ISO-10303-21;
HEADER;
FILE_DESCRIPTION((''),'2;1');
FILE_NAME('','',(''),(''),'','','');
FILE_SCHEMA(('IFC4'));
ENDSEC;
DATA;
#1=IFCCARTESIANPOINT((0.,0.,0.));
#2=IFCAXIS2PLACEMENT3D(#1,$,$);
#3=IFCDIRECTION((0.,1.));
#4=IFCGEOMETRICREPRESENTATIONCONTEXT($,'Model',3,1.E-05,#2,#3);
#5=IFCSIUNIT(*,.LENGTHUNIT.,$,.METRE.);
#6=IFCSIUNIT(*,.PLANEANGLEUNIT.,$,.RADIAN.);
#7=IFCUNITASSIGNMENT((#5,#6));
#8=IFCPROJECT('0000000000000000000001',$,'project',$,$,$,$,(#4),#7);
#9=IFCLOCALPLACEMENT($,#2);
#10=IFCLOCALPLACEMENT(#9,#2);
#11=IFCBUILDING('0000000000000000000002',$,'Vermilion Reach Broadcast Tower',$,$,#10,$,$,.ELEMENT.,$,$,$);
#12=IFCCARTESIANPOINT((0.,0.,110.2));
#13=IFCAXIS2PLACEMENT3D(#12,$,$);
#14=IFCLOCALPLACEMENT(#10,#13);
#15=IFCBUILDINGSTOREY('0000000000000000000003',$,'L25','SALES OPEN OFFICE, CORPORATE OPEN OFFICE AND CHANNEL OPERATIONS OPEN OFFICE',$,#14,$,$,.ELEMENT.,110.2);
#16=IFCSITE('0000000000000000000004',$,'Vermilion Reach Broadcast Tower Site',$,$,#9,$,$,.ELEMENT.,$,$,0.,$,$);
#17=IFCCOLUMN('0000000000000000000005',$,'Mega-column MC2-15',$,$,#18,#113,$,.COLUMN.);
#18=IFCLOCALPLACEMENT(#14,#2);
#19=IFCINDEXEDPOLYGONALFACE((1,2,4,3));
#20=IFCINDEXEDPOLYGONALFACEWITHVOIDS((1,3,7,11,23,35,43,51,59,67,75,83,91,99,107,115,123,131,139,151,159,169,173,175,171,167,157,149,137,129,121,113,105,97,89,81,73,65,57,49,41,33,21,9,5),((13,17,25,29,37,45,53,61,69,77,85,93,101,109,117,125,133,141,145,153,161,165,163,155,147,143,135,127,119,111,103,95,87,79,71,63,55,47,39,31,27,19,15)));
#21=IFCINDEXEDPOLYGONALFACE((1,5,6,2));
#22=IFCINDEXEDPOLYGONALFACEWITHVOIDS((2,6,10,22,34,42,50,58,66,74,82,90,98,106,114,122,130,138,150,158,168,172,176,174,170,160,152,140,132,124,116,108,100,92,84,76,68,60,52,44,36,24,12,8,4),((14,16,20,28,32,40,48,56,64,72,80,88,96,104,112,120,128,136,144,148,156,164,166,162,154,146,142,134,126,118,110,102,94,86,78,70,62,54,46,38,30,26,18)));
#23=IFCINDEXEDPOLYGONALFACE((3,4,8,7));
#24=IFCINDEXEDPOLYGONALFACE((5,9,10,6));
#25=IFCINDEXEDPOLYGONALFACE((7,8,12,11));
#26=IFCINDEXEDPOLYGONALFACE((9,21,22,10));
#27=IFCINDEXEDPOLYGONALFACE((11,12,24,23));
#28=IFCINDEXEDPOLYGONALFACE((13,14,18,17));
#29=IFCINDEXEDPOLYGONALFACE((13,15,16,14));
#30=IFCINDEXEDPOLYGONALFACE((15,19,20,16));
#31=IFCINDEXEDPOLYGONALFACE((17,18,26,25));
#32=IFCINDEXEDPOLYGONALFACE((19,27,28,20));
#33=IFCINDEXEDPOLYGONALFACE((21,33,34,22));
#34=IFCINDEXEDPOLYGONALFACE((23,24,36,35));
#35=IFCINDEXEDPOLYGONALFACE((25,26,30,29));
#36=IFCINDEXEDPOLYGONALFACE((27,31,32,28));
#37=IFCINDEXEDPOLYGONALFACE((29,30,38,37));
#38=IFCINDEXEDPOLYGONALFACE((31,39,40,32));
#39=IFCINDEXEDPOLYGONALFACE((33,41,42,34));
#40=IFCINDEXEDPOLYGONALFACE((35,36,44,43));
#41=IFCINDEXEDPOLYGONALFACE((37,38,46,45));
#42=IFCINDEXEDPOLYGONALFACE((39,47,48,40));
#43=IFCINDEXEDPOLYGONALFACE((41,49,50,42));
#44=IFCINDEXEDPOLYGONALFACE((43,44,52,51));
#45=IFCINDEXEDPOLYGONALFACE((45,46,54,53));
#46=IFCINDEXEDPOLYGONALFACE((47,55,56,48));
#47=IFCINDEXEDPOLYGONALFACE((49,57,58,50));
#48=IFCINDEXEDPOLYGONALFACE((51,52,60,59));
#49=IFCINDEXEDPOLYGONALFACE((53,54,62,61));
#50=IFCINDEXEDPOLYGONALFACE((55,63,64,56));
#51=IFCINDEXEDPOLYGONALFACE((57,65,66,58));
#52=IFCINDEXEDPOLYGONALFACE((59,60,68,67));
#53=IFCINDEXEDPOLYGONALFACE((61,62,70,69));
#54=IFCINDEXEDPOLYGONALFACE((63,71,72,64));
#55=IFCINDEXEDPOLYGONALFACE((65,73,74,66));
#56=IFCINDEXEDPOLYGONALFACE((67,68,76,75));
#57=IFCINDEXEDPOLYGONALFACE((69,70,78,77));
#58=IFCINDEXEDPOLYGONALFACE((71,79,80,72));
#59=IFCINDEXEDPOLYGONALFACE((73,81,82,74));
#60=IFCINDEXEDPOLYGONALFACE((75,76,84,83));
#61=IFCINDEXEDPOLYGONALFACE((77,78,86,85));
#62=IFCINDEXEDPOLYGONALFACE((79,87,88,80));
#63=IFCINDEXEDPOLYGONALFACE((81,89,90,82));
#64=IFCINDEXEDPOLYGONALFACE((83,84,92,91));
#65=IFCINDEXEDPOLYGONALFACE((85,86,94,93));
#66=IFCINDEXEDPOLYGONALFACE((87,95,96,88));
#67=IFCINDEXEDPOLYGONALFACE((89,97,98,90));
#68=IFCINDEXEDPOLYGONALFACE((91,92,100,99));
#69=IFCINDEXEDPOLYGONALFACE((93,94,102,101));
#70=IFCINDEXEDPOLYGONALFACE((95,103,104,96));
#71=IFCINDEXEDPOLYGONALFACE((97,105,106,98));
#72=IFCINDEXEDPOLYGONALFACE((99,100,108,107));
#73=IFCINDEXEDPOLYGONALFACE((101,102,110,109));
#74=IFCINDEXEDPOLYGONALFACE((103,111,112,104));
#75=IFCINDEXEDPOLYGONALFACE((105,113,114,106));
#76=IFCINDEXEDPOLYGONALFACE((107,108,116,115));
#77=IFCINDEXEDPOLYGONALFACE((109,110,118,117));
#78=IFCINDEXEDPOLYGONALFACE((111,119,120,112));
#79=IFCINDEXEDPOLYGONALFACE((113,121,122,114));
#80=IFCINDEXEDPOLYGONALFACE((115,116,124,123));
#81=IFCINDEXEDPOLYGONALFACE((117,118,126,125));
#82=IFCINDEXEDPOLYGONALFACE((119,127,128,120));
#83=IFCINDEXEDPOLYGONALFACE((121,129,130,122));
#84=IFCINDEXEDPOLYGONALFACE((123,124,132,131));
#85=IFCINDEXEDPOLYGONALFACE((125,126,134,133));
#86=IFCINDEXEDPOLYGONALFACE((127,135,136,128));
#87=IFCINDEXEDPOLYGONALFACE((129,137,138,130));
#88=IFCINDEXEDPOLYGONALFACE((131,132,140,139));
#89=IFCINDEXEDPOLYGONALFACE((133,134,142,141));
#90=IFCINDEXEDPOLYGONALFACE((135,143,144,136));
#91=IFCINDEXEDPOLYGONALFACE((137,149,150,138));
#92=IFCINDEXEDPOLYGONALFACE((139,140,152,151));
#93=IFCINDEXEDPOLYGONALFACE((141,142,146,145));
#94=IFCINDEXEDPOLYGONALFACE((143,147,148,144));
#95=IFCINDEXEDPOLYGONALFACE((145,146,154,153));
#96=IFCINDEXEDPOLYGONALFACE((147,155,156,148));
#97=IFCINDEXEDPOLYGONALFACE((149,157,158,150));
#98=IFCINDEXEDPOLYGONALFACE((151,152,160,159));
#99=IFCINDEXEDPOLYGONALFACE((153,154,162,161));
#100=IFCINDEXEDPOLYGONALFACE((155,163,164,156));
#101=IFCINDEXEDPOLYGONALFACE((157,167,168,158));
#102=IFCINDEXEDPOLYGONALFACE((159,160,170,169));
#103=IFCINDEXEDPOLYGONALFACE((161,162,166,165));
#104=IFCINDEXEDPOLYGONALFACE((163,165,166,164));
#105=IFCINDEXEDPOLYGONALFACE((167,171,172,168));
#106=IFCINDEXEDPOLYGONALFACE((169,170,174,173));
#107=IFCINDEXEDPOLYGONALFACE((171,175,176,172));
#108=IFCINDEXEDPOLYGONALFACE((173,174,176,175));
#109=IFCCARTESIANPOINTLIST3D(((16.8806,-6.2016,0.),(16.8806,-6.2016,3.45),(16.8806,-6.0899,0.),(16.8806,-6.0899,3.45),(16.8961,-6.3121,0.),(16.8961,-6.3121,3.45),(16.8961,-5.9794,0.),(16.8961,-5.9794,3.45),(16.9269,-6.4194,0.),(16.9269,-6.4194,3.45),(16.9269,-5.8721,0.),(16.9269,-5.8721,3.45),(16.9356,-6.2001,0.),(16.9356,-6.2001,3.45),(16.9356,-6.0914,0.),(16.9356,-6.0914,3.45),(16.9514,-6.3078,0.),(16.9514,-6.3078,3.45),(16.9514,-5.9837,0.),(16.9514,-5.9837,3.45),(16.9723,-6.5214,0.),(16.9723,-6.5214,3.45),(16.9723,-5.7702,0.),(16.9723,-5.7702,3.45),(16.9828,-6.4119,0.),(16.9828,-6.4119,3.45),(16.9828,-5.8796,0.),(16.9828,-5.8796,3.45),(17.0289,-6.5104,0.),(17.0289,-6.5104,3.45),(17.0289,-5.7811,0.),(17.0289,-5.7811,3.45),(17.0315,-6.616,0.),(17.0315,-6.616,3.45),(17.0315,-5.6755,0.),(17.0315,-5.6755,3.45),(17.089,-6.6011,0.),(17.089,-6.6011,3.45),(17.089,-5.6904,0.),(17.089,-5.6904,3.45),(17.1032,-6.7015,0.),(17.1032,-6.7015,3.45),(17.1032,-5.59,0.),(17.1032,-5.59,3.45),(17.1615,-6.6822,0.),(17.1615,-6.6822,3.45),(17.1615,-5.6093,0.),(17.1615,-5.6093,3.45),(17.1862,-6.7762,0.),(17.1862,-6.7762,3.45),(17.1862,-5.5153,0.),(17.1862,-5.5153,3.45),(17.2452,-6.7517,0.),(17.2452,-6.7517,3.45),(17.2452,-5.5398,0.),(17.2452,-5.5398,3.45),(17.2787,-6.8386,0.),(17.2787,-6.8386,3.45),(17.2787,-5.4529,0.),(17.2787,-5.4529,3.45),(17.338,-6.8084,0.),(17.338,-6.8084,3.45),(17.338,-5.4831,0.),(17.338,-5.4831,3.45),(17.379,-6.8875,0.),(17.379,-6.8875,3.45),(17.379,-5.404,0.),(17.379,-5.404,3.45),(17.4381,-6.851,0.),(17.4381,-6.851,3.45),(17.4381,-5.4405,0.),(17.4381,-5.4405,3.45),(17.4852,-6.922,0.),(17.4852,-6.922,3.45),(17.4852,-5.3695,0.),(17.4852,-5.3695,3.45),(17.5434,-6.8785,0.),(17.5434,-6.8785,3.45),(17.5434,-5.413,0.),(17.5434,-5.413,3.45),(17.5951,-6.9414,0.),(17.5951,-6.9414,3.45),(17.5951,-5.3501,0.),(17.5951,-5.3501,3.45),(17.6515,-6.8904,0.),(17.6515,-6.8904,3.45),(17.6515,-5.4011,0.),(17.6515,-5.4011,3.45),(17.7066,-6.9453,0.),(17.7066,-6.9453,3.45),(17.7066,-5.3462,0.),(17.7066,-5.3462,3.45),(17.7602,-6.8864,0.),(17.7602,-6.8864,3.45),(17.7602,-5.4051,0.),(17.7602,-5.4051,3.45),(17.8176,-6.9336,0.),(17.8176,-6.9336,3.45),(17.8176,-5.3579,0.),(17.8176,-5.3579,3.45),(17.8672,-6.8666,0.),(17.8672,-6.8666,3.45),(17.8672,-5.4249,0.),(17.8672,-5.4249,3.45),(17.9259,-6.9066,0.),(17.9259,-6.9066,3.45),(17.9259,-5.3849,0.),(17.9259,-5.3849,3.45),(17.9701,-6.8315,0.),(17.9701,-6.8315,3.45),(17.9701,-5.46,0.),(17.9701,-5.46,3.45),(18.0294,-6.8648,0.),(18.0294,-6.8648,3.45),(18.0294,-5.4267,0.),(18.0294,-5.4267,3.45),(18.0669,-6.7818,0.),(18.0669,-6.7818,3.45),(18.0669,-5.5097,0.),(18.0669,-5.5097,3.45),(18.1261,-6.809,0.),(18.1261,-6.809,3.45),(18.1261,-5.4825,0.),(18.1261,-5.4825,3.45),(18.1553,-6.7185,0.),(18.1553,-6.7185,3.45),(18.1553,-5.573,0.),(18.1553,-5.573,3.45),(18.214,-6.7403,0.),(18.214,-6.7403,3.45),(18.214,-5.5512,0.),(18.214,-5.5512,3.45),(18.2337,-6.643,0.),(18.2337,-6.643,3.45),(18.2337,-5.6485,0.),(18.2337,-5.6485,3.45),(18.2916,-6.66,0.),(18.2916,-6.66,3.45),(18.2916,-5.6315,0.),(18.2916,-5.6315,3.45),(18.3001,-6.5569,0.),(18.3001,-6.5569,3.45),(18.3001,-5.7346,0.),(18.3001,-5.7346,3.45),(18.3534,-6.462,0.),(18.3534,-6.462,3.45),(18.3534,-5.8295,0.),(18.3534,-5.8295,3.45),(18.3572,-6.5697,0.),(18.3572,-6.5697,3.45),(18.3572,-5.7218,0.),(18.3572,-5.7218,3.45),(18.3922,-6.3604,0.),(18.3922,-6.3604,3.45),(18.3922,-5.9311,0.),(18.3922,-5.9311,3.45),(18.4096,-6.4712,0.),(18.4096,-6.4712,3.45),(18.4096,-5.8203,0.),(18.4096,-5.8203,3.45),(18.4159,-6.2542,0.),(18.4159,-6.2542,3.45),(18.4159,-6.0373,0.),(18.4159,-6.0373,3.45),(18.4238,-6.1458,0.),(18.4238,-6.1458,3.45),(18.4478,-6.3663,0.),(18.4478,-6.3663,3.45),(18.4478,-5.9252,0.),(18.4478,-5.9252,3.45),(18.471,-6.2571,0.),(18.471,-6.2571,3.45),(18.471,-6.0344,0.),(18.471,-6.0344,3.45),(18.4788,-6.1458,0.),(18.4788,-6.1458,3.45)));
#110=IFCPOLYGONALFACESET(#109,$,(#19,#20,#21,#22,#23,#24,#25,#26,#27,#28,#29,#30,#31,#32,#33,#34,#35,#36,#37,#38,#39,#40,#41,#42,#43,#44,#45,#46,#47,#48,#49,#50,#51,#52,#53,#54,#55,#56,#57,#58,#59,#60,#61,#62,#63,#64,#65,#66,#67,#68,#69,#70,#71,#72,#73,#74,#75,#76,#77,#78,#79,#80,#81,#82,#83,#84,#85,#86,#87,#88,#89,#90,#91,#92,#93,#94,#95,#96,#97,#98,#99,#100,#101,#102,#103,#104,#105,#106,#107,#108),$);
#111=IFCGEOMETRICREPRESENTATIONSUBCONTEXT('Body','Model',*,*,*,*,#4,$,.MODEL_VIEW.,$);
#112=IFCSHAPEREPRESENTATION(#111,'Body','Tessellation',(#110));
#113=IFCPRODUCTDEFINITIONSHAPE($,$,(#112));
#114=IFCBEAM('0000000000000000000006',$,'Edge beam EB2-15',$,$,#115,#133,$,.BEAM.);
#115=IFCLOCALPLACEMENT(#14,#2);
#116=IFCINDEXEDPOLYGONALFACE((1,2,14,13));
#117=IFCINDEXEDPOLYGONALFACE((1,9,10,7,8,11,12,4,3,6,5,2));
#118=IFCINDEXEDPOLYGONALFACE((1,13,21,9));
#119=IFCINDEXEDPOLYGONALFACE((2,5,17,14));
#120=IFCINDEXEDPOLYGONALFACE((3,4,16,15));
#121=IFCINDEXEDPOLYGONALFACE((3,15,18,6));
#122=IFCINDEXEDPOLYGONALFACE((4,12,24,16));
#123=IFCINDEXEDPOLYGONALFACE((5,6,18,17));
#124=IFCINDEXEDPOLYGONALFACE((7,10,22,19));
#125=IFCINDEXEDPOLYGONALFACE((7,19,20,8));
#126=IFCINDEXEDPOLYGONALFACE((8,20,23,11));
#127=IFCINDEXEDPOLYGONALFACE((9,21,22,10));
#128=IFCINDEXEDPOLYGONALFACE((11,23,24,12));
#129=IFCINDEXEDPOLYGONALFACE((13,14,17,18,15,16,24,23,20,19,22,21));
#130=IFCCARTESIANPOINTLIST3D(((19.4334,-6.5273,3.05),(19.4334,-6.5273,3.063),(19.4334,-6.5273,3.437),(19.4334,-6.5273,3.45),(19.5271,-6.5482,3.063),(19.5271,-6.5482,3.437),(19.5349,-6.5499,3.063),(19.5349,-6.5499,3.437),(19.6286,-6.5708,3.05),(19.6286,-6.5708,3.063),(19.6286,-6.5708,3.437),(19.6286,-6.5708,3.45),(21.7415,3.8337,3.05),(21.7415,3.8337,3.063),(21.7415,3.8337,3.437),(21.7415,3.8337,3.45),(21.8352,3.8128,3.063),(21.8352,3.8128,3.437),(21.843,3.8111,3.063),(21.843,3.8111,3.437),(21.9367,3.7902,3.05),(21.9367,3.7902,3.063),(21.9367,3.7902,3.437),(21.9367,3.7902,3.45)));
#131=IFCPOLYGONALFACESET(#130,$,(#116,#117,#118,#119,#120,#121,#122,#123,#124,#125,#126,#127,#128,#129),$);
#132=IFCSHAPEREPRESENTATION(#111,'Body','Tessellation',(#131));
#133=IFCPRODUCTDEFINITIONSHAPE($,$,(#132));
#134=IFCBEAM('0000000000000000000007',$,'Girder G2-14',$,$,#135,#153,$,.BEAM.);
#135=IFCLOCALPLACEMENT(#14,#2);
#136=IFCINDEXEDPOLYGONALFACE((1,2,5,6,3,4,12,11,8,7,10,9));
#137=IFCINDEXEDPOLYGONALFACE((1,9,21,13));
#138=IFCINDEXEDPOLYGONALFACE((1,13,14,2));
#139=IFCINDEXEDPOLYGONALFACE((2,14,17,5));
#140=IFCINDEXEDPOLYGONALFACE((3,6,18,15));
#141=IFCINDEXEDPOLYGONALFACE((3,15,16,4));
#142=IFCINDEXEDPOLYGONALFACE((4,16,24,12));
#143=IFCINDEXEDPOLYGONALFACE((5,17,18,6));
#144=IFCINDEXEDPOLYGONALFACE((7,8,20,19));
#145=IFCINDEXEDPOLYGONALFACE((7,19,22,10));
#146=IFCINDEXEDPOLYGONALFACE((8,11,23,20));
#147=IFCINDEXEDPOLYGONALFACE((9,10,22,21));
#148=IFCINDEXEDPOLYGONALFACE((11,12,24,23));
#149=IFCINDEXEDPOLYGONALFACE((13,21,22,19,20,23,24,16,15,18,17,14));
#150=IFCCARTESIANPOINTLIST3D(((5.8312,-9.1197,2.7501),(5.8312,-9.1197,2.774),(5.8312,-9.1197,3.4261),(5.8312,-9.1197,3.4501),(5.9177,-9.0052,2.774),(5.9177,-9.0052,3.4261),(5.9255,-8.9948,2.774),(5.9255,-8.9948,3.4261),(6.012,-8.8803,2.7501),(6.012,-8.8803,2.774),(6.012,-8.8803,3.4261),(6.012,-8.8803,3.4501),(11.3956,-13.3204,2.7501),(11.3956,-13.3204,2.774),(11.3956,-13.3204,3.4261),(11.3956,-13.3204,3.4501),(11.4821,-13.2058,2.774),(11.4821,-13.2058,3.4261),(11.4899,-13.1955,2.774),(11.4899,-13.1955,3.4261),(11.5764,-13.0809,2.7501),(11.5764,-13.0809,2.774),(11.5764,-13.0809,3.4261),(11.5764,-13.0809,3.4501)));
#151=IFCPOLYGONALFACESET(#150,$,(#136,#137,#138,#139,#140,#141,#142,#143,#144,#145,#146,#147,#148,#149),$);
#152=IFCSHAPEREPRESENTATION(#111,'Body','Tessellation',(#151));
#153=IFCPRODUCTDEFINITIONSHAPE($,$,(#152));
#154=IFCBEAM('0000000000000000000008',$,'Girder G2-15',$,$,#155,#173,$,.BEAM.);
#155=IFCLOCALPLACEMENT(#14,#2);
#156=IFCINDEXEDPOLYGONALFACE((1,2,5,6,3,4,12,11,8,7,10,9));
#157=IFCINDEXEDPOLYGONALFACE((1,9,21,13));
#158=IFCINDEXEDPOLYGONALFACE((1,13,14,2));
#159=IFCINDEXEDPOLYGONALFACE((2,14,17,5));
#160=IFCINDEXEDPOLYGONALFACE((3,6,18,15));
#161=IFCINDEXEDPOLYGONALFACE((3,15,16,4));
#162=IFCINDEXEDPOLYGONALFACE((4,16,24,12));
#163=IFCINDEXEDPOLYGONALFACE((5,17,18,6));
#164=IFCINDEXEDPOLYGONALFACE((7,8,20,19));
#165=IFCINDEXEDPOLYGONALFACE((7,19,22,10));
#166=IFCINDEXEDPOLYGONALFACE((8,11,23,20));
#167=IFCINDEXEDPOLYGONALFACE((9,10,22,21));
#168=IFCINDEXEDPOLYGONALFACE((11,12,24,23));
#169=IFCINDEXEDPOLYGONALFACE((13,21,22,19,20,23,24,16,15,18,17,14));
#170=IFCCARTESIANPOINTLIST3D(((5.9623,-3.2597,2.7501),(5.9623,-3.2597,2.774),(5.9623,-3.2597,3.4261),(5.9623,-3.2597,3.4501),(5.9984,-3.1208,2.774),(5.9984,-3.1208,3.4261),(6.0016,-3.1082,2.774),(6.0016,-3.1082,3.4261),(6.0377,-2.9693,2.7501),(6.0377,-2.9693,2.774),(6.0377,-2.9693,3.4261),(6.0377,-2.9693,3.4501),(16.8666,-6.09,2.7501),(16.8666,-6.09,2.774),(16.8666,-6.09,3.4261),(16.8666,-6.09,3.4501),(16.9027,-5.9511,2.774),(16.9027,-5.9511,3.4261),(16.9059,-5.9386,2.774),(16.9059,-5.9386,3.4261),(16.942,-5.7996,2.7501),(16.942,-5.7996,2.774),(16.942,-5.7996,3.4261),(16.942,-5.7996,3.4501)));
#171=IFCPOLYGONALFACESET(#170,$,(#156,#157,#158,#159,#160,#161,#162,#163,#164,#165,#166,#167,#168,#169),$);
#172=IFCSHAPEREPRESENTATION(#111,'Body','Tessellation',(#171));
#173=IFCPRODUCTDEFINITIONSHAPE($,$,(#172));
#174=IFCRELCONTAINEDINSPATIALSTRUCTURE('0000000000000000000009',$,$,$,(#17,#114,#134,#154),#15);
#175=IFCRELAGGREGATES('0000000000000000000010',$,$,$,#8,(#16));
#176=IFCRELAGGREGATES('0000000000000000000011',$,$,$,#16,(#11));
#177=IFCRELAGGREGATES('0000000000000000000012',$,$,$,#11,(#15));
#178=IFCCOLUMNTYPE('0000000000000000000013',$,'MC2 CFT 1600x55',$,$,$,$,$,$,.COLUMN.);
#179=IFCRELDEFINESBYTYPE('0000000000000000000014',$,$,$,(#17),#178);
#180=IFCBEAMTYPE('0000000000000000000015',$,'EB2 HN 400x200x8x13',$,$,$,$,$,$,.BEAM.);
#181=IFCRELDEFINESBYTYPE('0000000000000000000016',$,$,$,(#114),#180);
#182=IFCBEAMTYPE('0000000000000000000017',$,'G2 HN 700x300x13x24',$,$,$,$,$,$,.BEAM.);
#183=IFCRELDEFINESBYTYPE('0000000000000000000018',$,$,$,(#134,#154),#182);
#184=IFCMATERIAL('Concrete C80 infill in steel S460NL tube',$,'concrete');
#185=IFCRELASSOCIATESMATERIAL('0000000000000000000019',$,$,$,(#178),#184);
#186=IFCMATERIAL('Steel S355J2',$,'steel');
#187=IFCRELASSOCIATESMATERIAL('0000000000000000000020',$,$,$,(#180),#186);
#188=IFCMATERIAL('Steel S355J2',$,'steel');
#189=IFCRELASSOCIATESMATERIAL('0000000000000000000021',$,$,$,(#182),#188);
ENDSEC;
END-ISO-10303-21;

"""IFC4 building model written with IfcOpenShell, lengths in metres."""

from ifc_helpers import new_model, si_unit, direction, frame, origin, origin_2d, place, context, subcontext, project, spatial, hollow_circle, i_section, extrude, material, material_profile, profile_set, type_object, element, save


model = new_model("IFC4")

# Units and contexts
model_context = context("Model", 3, precision=1e-05, world=origin(), true_north=direction((0.0, 1.0)))
body_context = subcontext(model_context, "Body", "Model", "MODEL_VIEW")
ifc_project = project(units=[si_unit("LENGTHUNIT", "METRE"), si_unit("PLANEANGLEUNIT", "RADIAN")], contexts=[model_context])

# Site, building, storey
site_placement = place(None, origin())
site = spatial("IfcSite", under=ifc_project, at=site_placement, Name="Vermilion Reach Broadcast Tower Site", CompositionType="ELEMENT", RefElevation=0.0)
building_placement = place(site_placement, origin())
building = spatial("IfcBuilding", under=site, at=building_placement, Name="Vermilion Reach Broadcast Tower", CompositionType="ELEMENT")
storey_placement = place(building_placement, frame((0.0, 0.0, 110.2)))
storey = spatial("IfcBuildingStorey", under=building, at=storey_placement, Name="L25", Description="SALES OPEN OFFICE, CORPORATE OPEN OFFICE AND CHANNEL OPERATIONS OPEN OFFICE", CompositionType="ELEMENT", Elevation=110.2)

# Column
ifc_material_1 = material(Name="Concrete C80 infill in steel S460NL tube", Category="concrete")
ifc_material_profile_1 = material_profile(ifc_material_1, hollow_circle(Radius=0.8, WallThickness=0.0549, at=origin_2d()), Name="Concrete C80 infill in steel S460NL tube CFT 1600x55")
ifc_profile_set_1 = profile_set([ifc_material_profile_1], Name="Concrete C80 infill in steel S460NL tube")
column_type = type_object("IfcColumnType", Name="MC2 CFT 1600x55", PredefinedType="COLUMN", material=ifc_profile_set_1)
column_placement = place(storey_placement, frame((17.6787, -6.1458, 0.0), z_axis=(0.0, 0.0, 1.0), x_axis=(1.0, 0.0, 0.0)))
element("IfcColumn", 1, at=column_placement, inside=storey, type_object=column_type, Name="Mega-column MC2-15", PredefinedType="COLUMN", context=body_context, shape_type="SweptSolid", body=[
    extrude(hollow_circle(Radius=0.8, WallThickness=0.0549, at=origin_2d()), origin(), (0.0, 0.0, 1.0), 3.45),
])

# Beams
ifc_material_2 = material(Name="Steel S355J2", Category="steel")
ifc_material_profile_2 = material_profile(ifc_material_2, i_section(OverallWidth=0.2, OverallDepth=0.3999, WebThickness=0.0081, FlangeThickness=0.0129, at=origin_2d()), Name="S355J2 HN 400x200x8x13")
ifc_profile_set_2 = profile_set([ifc_material_profile_2], Name="Steel S355J2")
beam_type_1 = type_object("IfcBeamType", Name="EB2 HN 400x200x8x13", PredefinedType="BEAM", material=ifc_profile_set_2)
beam_1_placement = place(storey_placement, frame((19.531, -6.5491, 3.25), z_axis=(0.217437, 0.976074, 0.0), x_axis=(-0.976074, 0.217437, 0.0)))
element("IfcBeam", 2, at=beam_1_placement, inside=storey, type_object=beam_type_1, Name="Edge beam EB2-15", PredefinedType="BEAM", context=body_context, shape_type="SweptSolid", body=[
    extrude(i_section(OverallWidth=0.2, OverallDepth=0.3999, WebThickness=0.0081, FlangeThickness=0.0129, at=origin_2d()), origin(), (0.0, 0.0, 1.0), 10.615),
])
ifc_material_3 = material(Name="Steel S355J2", Category="steel")
ifc_material_profile_3 = material_profile(ifc_material_3, i_section(OverallWidth=0.3, OverallDepth=0.7, WebThickness=0.0129, FlangeThickness=0.0239, at=origin_2d()), Name="S355J2 HN 700x300x13x24")
ifc_profile_set_3 = profile_set([ifc_material_profile_3], Name="Steel S355J2")
beam_type_2 = type_object("IfcBeamType", Name="G2 HN 700x300x13x24", PredefinedType="BEAM", material=ifc_profile_set_3)
beam_2_placement = place(storey_placement, frame((5.9216, -9.0, 3.1001), z_axis=(0.798114, -0.602507, 0.0), x_axis=(0.602507, 0.798114, 0.0)))
element("IfcBeam", 3, at=beam_2_placement, inside=storey, type_object=beam_type_2, Name="Girder G2-14", PredefinedType="BEAM", context=body_context, shape_type="SweptSolid", body=[
    extrude(i_section(OverallWidth=0.3, OverallDepth=0.7, WebThickness=0.0129, FlangeThickness=0.0239, at=origin_2d()), origin(), (0.0, 0.0, 1.0), 6.9719),
])
beam_3_placement = place(storey_placement, frame((6.0, -3.1145, 3.1001), z_axis=(0.967926, -0.251235, 0.0), x_axis=(0.251235, 0.967926, 0.0)))
element("IfcBeam", 4, at=beam_3_placement, inside=storey, type_object=beam_type_2, Name="Girder G2-15", PredefinedType="BEAM", context=body_context, shape_type="SweptSolid", body=[
    extrude(i_section(OverallWidth=0.3, OverallDepth=0.7, WebThickness=0.0129, FlangeThickness=0.0239, at=origin_2d()), origin(), (0.0, 0.0, 1.0), 11.2656),
])

save(model, "model.ifc")
